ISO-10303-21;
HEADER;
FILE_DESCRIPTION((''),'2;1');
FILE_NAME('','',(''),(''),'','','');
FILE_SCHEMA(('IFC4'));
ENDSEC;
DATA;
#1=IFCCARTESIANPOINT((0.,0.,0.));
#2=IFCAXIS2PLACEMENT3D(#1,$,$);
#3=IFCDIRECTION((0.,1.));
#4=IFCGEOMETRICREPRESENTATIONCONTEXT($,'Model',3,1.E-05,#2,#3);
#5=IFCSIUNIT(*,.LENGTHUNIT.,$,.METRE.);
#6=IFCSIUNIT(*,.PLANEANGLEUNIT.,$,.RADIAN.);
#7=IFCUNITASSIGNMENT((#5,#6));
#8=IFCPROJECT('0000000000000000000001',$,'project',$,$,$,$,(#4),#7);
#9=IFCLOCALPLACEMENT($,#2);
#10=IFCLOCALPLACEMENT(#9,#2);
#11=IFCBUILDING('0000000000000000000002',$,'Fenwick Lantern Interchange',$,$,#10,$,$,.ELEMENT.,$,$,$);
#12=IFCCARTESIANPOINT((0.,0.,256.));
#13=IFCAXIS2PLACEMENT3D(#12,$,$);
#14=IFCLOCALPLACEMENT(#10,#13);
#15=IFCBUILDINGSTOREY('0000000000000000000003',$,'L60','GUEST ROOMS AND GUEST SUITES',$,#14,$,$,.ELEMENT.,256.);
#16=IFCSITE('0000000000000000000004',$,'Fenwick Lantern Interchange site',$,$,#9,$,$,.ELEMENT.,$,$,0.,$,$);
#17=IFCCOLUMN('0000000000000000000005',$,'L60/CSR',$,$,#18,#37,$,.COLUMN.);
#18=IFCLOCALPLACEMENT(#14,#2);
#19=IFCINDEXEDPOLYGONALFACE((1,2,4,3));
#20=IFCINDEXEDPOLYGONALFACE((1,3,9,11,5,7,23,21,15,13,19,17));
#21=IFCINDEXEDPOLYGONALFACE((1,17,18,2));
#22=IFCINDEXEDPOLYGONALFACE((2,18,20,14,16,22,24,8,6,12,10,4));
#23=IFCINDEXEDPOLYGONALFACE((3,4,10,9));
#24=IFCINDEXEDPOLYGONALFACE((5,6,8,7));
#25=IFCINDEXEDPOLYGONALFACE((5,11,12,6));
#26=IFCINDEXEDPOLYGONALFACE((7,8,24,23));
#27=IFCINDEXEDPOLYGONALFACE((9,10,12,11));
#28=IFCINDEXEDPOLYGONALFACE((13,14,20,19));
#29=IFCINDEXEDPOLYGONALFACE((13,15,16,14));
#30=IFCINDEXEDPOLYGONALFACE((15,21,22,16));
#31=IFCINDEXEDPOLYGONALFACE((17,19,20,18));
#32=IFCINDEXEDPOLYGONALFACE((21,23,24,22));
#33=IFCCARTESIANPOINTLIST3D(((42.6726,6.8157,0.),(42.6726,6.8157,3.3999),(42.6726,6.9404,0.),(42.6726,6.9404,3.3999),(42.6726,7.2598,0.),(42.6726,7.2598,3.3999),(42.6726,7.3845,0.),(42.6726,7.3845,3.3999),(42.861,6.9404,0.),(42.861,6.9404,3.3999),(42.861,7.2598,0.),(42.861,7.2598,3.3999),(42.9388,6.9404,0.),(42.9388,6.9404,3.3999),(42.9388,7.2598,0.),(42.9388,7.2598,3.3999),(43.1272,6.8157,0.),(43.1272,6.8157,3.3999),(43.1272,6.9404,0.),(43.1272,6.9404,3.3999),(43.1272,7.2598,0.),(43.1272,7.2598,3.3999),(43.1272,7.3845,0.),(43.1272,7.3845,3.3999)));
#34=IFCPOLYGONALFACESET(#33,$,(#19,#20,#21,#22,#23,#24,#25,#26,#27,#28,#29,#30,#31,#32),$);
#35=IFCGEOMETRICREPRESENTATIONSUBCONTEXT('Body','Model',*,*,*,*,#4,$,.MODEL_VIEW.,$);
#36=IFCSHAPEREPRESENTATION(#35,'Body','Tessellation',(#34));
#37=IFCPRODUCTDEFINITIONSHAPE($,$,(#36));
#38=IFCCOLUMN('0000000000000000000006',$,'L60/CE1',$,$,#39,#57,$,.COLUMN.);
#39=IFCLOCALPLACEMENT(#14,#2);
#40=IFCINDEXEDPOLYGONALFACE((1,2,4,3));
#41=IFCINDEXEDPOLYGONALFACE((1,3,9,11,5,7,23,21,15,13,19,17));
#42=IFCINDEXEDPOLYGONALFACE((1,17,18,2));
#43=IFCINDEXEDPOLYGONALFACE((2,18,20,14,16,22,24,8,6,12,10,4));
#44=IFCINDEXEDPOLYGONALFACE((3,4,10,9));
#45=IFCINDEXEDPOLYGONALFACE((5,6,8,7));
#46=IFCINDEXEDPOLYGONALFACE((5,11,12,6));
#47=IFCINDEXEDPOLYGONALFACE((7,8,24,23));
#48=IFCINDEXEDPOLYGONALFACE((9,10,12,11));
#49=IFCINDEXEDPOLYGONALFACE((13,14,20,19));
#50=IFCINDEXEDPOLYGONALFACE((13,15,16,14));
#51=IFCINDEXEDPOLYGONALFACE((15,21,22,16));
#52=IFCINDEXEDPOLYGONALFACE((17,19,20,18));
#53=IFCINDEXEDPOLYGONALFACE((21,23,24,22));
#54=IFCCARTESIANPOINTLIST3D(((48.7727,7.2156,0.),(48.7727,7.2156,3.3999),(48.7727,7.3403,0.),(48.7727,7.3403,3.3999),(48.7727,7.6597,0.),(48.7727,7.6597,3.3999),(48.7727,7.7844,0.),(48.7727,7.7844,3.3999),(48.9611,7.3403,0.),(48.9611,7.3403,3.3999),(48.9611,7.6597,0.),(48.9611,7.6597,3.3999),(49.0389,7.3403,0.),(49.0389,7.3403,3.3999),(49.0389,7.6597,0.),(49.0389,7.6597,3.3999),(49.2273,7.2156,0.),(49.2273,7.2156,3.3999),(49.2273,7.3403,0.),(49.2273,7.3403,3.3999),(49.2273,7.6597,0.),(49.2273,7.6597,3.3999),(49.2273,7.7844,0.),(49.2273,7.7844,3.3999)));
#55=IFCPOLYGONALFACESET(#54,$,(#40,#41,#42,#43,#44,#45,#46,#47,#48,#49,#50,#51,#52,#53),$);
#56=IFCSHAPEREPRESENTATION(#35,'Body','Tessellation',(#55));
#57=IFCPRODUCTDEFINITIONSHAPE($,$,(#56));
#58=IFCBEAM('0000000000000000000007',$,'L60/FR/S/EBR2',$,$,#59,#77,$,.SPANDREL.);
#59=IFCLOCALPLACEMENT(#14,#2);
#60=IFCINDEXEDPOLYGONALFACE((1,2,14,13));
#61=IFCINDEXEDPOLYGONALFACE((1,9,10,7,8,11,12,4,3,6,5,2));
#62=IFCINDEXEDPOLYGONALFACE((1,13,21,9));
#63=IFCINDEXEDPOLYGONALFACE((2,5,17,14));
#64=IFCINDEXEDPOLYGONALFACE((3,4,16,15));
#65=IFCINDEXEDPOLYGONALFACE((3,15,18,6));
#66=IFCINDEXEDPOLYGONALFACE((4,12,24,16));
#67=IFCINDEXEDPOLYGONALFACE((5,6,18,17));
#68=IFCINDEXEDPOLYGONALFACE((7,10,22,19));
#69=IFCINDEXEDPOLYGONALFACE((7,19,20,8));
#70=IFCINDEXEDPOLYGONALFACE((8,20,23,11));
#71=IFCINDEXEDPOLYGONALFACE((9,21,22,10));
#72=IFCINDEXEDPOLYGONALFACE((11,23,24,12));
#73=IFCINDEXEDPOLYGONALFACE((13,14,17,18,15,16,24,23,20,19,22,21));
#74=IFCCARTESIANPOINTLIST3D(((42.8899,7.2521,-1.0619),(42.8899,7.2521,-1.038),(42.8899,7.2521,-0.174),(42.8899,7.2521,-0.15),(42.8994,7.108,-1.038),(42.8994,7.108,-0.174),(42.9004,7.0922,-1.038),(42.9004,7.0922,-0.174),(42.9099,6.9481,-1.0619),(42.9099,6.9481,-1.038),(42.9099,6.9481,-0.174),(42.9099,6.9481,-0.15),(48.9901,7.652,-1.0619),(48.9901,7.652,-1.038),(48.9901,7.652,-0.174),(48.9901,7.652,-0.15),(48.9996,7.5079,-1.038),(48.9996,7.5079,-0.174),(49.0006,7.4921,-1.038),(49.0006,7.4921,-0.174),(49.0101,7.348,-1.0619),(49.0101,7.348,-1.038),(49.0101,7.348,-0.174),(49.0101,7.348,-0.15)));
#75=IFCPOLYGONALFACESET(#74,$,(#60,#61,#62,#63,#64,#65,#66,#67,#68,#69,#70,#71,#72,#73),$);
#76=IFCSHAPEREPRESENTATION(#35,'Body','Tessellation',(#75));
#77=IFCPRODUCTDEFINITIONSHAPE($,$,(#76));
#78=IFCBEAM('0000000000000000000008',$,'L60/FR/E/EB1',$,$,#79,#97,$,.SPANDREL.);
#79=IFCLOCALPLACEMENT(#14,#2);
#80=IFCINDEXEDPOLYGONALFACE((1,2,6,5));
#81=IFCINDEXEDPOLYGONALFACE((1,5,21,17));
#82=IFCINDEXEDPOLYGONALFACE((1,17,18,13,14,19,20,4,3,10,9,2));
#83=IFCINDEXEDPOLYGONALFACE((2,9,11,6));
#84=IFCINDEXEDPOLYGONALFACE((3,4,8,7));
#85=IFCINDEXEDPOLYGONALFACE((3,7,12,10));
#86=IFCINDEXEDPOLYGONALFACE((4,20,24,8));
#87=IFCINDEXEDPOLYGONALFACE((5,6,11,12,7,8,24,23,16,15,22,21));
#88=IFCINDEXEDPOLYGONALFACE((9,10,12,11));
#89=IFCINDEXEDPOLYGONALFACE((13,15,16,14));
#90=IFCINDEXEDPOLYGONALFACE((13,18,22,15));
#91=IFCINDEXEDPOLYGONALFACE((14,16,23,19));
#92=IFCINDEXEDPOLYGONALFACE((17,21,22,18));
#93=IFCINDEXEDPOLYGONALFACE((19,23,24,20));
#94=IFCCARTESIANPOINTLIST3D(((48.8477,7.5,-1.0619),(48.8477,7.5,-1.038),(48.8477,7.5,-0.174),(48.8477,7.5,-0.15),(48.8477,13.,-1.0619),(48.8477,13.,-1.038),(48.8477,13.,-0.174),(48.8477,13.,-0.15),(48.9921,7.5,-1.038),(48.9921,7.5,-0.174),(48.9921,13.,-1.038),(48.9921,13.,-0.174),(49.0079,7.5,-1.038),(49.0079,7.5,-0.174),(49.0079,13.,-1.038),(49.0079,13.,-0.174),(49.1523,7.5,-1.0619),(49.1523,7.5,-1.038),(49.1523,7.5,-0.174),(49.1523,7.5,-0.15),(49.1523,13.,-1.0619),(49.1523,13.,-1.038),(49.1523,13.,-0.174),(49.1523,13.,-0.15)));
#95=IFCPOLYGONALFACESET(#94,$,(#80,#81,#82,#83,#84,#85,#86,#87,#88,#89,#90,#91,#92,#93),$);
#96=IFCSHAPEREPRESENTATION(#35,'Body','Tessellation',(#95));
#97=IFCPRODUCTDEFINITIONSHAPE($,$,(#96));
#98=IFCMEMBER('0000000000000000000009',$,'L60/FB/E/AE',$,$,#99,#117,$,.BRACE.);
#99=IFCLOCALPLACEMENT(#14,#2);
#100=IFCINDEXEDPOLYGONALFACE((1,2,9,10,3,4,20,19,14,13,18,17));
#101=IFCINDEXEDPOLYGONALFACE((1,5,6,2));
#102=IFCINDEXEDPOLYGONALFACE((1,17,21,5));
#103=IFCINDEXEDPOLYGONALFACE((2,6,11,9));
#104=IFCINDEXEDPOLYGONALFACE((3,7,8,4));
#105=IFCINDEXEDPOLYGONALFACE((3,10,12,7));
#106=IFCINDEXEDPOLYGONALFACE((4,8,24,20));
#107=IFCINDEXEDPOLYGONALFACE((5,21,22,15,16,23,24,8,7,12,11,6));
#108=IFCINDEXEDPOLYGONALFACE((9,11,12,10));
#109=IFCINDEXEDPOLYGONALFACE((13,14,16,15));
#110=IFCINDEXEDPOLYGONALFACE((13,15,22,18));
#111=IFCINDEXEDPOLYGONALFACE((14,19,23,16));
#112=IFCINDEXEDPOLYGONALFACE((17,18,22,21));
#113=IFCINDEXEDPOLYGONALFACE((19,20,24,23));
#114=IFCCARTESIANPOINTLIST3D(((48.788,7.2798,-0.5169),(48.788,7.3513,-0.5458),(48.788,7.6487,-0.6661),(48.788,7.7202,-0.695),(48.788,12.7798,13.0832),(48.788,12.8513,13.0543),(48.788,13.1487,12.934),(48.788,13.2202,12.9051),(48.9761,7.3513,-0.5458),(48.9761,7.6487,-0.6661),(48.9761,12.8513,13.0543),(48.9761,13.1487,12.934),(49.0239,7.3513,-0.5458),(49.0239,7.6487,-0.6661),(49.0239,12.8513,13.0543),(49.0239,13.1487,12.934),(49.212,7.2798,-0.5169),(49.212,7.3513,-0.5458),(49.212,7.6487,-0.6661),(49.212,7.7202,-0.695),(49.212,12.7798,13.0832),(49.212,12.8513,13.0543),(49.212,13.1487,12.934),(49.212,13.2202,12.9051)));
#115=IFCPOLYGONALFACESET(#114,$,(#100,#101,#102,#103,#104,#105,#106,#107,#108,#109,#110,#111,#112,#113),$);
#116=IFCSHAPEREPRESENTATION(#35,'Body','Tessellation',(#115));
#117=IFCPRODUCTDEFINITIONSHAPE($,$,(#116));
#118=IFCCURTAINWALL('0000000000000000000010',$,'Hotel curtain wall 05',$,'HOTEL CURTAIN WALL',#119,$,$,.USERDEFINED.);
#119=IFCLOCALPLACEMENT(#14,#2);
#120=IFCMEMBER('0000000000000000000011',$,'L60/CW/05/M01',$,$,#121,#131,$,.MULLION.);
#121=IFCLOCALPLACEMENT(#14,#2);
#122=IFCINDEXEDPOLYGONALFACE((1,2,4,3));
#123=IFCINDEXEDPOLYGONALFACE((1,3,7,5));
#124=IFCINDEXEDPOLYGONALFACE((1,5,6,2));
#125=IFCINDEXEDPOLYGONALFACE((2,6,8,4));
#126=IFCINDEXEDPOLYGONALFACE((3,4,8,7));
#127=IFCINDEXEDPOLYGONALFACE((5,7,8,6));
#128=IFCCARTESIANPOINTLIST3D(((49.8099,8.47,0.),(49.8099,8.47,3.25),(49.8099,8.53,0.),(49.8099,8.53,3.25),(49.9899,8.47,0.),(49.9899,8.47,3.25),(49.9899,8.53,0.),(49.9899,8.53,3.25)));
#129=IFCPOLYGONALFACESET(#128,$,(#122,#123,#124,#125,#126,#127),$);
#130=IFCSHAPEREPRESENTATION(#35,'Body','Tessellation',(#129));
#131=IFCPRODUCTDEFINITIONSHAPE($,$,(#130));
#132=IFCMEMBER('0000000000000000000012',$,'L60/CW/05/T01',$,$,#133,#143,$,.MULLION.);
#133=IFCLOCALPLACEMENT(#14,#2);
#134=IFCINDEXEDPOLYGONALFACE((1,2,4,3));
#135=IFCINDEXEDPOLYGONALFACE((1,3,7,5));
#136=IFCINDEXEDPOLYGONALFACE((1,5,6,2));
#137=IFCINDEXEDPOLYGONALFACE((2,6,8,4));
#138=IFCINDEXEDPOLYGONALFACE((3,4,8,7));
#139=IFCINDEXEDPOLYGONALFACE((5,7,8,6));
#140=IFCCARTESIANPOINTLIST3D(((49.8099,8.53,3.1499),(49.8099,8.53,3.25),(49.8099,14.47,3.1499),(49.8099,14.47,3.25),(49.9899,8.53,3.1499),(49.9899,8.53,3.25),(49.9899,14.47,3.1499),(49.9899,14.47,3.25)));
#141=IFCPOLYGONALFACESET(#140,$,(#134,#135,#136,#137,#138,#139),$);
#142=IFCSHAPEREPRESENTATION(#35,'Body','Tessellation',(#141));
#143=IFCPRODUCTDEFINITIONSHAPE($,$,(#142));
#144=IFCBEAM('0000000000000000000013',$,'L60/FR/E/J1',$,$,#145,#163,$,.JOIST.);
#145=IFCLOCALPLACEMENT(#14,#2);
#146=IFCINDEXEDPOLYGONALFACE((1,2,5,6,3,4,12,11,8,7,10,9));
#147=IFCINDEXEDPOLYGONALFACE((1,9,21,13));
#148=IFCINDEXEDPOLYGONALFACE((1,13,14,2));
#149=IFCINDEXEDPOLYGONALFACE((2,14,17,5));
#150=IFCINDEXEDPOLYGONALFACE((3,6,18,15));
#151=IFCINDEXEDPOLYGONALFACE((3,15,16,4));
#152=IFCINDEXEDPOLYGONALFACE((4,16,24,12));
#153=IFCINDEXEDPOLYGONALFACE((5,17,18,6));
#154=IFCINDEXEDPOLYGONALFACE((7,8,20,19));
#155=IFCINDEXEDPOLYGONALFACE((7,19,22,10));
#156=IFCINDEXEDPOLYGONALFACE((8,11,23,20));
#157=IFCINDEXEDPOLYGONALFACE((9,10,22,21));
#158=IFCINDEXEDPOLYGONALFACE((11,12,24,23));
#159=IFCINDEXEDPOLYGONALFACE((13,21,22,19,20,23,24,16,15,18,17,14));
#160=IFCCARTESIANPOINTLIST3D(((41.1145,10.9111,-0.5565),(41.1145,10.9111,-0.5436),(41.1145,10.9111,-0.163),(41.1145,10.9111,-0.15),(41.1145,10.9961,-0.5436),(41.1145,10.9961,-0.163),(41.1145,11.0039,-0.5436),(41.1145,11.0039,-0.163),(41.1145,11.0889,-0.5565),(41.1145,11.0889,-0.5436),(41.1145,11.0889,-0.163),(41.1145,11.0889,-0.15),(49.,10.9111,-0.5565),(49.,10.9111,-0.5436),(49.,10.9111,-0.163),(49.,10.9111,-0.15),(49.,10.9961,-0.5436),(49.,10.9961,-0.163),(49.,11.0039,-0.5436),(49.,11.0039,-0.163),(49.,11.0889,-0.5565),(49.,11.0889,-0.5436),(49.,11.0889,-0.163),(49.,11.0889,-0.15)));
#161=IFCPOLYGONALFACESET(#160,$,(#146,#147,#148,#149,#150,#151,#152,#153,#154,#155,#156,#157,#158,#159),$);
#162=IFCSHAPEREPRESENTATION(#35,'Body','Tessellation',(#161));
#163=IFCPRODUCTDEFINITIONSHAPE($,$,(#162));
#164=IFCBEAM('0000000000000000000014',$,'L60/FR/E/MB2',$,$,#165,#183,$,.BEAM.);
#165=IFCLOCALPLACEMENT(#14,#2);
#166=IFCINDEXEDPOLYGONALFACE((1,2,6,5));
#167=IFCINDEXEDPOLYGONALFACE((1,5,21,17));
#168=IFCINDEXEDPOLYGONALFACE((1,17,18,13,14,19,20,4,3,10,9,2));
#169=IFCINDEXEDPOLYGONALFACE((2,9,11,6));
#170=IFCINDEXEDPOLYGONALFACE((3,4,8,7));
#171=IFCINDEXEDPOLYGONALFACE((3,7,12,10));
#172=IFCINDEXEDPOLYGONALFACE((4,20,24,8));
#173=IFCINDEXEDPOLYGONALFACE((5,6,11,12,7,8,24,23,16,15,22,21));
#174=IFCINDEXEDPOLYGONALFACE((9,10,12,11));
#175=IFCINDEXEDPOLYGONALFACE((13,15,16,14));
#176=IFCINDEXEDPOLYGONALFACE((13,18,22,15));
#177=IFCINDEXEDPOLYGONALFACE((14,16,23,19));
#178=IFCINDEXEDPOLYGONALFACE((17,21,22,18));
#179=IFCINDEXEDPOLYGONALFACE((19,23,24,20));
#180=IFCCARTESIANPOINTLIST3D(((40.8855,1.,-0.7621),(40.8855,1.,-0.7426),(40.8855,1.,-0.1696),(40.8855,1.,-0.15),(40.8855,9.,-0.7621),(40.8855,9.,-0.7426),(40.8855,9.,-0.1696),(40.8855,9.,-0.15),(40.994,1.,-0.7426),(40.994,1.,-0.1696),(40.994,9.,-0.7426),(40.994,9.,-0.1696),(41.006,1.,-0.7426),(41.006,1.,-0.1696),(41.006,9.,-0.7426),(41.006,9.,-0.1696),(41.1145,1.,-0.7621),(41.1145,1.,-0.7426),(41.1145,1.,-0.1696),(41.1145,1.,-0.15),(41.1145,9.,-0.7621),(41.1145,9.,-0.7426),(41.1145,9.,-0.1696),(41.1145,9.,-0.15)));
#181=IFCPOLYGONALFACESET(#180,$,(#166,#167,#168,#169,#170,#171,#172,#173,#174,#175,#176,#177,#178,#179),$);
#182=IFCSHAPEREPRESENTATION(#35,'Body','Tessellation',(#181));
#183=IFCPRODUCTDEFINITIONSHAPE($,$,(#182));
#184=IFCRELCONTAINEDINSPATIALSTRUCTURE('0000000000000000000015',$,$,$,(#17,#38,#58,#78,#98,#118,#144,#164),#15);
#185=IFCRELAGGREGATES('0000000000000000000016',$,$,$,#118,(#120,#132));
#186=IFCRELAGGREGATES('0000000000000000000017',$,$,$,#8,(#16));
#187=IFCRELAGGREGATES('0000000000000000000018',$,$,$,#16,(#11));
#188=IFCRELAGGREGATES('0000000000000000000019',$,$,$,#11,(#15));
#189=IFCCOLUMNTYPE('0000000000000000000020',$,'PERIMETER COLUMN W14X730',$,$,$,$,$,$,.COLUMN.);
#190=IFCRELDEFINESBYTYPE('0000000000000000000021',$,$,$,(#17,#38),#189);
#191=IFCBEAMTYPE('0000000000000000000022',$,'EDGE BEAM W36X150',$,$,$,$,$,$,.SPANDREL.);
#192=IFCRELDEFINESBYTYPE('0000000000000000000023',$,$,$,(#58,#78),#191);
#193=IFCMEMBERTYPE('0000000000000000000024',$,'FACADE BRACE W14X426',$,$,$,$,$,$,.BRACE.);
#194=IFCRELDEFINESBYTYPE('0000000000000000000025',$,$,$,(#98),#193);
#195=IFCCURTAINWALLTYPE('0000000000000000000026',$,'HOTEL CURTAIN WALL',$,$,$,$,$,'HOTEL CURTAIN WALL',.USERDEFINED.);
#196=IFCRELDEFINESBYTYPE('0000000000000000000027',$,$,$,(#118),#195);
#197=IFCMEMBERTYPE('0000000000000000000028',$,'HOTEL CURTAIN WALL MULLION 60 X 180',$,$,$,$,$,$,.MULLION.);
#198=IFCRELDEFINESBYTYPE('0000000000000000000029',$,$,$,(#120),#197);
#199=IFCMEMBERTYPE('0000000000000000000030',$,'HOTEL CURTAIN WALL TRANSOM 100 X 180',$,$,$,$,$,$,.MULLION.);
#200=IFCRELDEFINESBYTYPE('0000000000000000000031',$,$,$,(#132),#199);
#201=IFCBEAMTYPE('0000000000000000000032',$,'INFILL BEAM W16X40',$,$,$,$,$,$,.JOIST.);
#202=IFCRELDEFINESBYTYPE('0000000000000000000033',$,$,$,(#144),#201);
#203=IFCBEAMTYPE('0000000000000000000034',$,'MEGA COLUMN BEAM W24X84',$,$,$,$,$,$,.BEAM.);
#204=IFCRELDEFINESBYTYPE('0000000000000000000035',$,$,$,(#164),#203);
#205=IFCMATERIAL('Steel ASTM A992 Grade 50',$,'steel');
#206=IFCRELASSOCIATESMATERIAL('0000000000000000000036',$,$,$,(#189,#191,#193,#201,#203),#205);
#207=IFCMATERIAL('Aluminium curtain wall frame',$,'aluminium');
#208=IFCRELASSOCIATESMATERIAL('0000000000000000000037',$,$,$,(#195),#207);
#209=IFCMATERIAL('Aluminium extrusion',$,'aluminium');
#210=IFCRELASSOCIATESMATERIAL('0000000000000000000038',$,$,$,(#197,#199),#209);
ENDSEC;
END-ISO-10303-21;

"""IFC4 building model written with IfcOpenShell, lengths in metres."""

from ifc_helpers import new_model, si_unit, direction, frame, origin, origin_2d, place, context, subcontext, project, spatial, rectangle, i_section, extrude, material, material_profile, profile_set, type_object, element, aggregate, save


model = new_model("IFC4")

# Units and contexts
model_context = context("Model", 3, precision=1e-05, world=origin(), true_north=direction((0.0, 1.0)))
body_context = subcontext(model_context, "Body", "Model", "MODEL_VIEW")
ifc_project = project(units=[si_unit("LENGTHUNIT", "METRE"), si_unit("PLANEANGLEUNIT", "RADIAN")], contexts=[model_context])

# Site, building, storey
site_placement = place(None, origin())
site = spatial("IfcSite", under=ifc_project, at=site_placement, Name="Fenwick Lantern Interchange site", CompositionType="ELEMENT", RefElevation=0.0)
building_placement = place(site_placement, origin())
building = spatial("IfcBuilding", under=site, at=building_placement, Name="Fenwick Lantern Interchange", CompositionType="ELEMENT")
storey_placement = place(building_placement, frame((0.0, 0.0, 256.0)))
storey = spatial("IfcBuildingStorey", under=building, at=storey_placement, Name="L60", Description="GUEST ROOMS AND GUEST SUITES", CompositionType="ELEMENT", Elevation=256.0)

# Columns
ifc_material_1 = material(Name="Steel ASTM A992 Grade 50", Category="steel")
ifc_material_profile_1 = material_profile(ifc_material_1, i_section(OverallWidth=0.4546, OverallDepth=0.5688, WebThickness=0.0779, FlangeThickness=0.1248, at=origin_2d()), Name="W14X730")
ifc_profile_set_1 = profile_set([ifc_material_profile_1], Name="Steel ASTM A992 Grade 50")
column_type = type_object("IfcColumnType", Name="PERIMETER COLUMN W14X730", PredefinedType="COLUMN", material=ifc_profile_set_1)
for number, where, z_axis, x_axis, name in (
    (1, (42.8999, 7.1001, 0.0), (0.0, 0.0, 1.0), (1.0, 0.0, 0.0), "L60/CSR"),
    (2, (49.0, 7.5, 0.0), (0.0, 0.0, 1.0), (1.0, 0.0, 0.0), "L60/CE1"),
):
    element("IfcColumn", number, at=place(storey_placement, frame(where, z_axis=z_axis, x_axis=x_axis)), inside=storey, type_object=column_type, Name=name, PredefinedType="COLUMN", context=body_context, shape_type="SweptSolid", body=[
        extrude(i_section(OverallWidth=0.4546, OverallDepth=0.5688, WebThickness=0.0779, FlangeThickness=0.1248, at=origin_2d()), origin(), (0.0, 0.0, 1.0), 3.3999),
    ])

# Beams
ifc_material_profile_2 = material_profile(ifc_material_1, i_section(OverallWidth=0.3047, OverallDepth=0.9119, WebThickness=0.0159, FlangeThickness=0.0239, at=origin_2d()), Name="W36X150")
ifc_profile_set_2 = profile_set([ifc_material_profile_2], Name="Steel ASTM A992 Grade 50")
beam_type_1 = type_object("IfcBeamType", Name="EDGE BEAM W36X150", PredefinedType="SPANDREL", material=ifc_profile_set_2)
beam_1_placement = place(storey_placement, frame((42.8999, 7.1001, -0.606), z_axis=(0.997858, 0.065416, 0.0), x_axis=(-0.065416, 0.997858, 0.0)))
element("IfcBeam", 3, at=beam_1_placement, inside=storey, type_object=beam_type_1, Name="L60/FR/S/EBR2", PredefinedType="SPANDREL", context=body_context, shape_type="SweptSolid", body=[
    extrude(i_section(OverallWidth=0.3047, OverallDepth=0.9119, WebThickness=0.0159, FlangeThickness=0.0239, at=origin_2d()), origin(), (0.0, 0.0, 1.0), 6.1133),
])
beam_2_placement = place(storey_placement, frame((49.0, 7.5, -0.606), z_axis=(0.0, 1.0, 0.0), x_axis=(-1.0, 0.0, 0.0)))
element("IfcBeam", 4, at=beam_2_placement, inside=storey, type_object=beam_type_1, Name="L60/FR/E/EB1", PredefinedType="SPANDREL", context=body_context, shape_type="SweptSolid", body=[
    extrude(i_section(OverallWidth=0.3047, OverallDepth=0.9119, WebThickness=0.0159, FlangeThickness=0.0239, at=origin_2d()), origin(), (0.0, 0.0, 1.0), 5.5),
])

# Member
ifc_material_profile_3 = material_profile(ifc_material_1, i_section(OverallWidth=0.4241, OverallDepth=0.4751, WebThickness=0.0479, FlangeThickness=0.0771, at=origin_2d()), Name="W14X426")
ifc_profile_set_3 = profile_set([ifc_material_profile_3], Name="Steel ASTM A992 Grade 50")
member_type_1 = type_object("IfcMemberType", Name="FACADE BRACE W14X426", PredefinedType="BRACE", material=ifc_profile_set_3)
member_1_placement = place(storey_placement, frame((49.0, 7.5, -0.606), z_axis=(0.0, 0.374912, 0.927061), x_axis=(-1.0, 0.0, 0.0)))
element("IfcMember", 5, at=member_1_placement, inside=storey, type_object=member_type_1, Name="L60/FB/E/AE", PredefinedType="BRACE", context=body_context, shape_type="SweptSolid", body=[
    extrude(i_section(OverallWidth=0.4241, OverallDepth=0.4751, WebThickness=0.0479, FlangeThickness=0.0771, at=origin_2d()), origin(), (0.0, 0.0, 1.0), 14.6702),
])

# Curtain wall, members
ifc_material_2 = material(Name="Aluminium curtain wall frame", Category="aluminium")
curtain_wall_type = type_object("IfcCurtainWallType", Name="HOTEL CURTAIN WALL", ElementType="HOTEL CURTAIN WALL", PredefinedType="USERDEFINED", material=ifc_material_2)
curtain_wall_placement = place(storey_placement, origin())
curtain_wall = element("IfcCurtainWall", 6, at=curtain_wall_placement, inside=storey, type_object=curtain_wall_type, Name="Hotel curtain wall 05", ObjectType="HOTEL CURTAIN WALL", PredefinedType="USERDEFINED")
ifc_material_3 = material(Name="Aluminium extrusion", Category="aluminium")
ifc_material_profile_4 = material_profile(ifc_material_3, rectangle(XDim=0.1799, YDim=0.0601, at=origin_2d()), Name="HOTEL CURTAIN WALL MULLION 60 X 180")
ifc_profile_set_4 = profile_set([ifc_material_profile_4], Name="Aluminium extrusion")
member_type_2 = type_object("IfcMemberType", Name="HOTEL CURTAIN WALL MULLION 60 X 180", PredefinedType="MULLION", material=ifc_profile_set_4)
member_2_placement = place(storey_placement, frame((49.8999, 8.5, 0.0), z_axis=(0.0, 0.0, 1.0), x_axis=(-1.0, 0.0, 0.0)))
member_2 = element("IfcMember", 7, at=member_2_placement, type_object=member_type_2, Name="L60/CW/05/M01", PredefinedType="MULLION", context=body_context, shape_type="SweptSolid", body=[
    extrude(rectangle(XDim=0.1799, YDim=0.0601, at=origin_2d()), origin(), (0.0, 0.0, 1.0), 3.25),
])
ifc_material_profile_5 = material_profile(ifc_material_3, rectangle(XDim=0.1799, YDim=0.1001, at=origin_2d()), Name="HOTEL CURTAIN WALL TRANSOM 100 X 180")
ifc_profile_set_5 = profile_set([ifc_material_profile_5], Name="Aluminium extrusion")
member_type_3 = type_object("IfcMemberType", Name="HOTEL CURTAIN WALL TRANSOM 100 X 180", PredefinedType="MULLION", material=ifc_profile_set_5)
member_3_placement = place(storey_placement, frame((49.8999, 8.53, 3.2), z_axis=(0.0, 1.0, 0.0), x_axis=(-1.0, 0.0, 0.0)))
member_3 = element("IfcMember", 8, at=member_3_placement, type_object=member_type_3, Name="L60/CW/05/T01", PredefinedType="MULLION", context=body_context, shape_type="SweptSolid", body=[
    extrude(rectangle(XDim=0.1799, YDim=0.1001, at=origin_2d()), origin(), (0.0, 0.0, 1.0), 5.9399),
])
aggregate(curtain_wall, [member_2, member_3])

# Beams
ifc_material_profile_6 = material_profile(ifc_material_1, i_section(OverallWidth=0.1777, OverallDepth=0.4065, WebThickness=0.0078, FlangeThickness=0.0129, at=origin_2d()), Name="W16X40")
ifc_profile_set_6 = profile_set([ifc_material_profile_6], Name="Steel ASTM A992 Grade 50")
beam_type_2 = type_object("IfcBeamType", Name="INFILL BEAM W16X40", PredefinedType="JOIST", material=ifc_profile_set_6)
beam_3_placement = place(storey_placement, frame((49.0, 11.0, -0.3533), z_axis=(-1.0, 0.0, 0.0), x_axis=(0.0, -1.0, 0.0)))
element("IfcBeam", 9, at=beam_3_placement, inside=storey, type_object=beam_type_2, Name="L60/FR/E/J1", PredefinedType="JOIST", context=body_context, shape_type="SweptSolid", body=[
    extrude(i_section(OverallWidth=0.1777, OverallDepth=0.4065, WebThickness=0.0078, FlangeThickness=0.0129, at=origin_2d()), origin(), (0.0, 0.0, 1.0), 7.8855),
])
ifc_material_profile_7 = material_profile(ifc_material_1, i_section(OverallWidth=0.229, OverallDepth=0.6121, WebThickness=0.012, FlangeThickness=0.0195, at=origin_2d()), Name="W24X84")
ifc_profile_set_7 = profile_set([ifc_material_profile_7], Name="Steel ASTM A992 Grade 50")
beam_type_3 = type_object("IfcBeamType", Name="MEGA COLUMN BEAM W24X84", PredefinedType="BEAM", material=ifc_profile_set_7)
beam_4_placement = place(storey_placement, frame((41.0, 9.0, -0.4561), z_axis=(0.0, -1.0, 0.0), x_axis=(1.0, 0.0, 0.0)))
element("IfcBeam", 10, at=beam_4_placement, inside=storey, type_object=beam_type_3, Name="L60/FR/E/MB2", PredefinedType="BEAM", context=body_context, shape_type="SweptSolid", body=[
    extrude(i_section(OverallWidth=0.229, OverallDepth=0.6121, WebThickness=0.012, FlangeThickness=0.0195, at=origin_2d()), origin(), (0.0, 0.0, 1.0), 8.0),
])

save(model, "model.ifc")
